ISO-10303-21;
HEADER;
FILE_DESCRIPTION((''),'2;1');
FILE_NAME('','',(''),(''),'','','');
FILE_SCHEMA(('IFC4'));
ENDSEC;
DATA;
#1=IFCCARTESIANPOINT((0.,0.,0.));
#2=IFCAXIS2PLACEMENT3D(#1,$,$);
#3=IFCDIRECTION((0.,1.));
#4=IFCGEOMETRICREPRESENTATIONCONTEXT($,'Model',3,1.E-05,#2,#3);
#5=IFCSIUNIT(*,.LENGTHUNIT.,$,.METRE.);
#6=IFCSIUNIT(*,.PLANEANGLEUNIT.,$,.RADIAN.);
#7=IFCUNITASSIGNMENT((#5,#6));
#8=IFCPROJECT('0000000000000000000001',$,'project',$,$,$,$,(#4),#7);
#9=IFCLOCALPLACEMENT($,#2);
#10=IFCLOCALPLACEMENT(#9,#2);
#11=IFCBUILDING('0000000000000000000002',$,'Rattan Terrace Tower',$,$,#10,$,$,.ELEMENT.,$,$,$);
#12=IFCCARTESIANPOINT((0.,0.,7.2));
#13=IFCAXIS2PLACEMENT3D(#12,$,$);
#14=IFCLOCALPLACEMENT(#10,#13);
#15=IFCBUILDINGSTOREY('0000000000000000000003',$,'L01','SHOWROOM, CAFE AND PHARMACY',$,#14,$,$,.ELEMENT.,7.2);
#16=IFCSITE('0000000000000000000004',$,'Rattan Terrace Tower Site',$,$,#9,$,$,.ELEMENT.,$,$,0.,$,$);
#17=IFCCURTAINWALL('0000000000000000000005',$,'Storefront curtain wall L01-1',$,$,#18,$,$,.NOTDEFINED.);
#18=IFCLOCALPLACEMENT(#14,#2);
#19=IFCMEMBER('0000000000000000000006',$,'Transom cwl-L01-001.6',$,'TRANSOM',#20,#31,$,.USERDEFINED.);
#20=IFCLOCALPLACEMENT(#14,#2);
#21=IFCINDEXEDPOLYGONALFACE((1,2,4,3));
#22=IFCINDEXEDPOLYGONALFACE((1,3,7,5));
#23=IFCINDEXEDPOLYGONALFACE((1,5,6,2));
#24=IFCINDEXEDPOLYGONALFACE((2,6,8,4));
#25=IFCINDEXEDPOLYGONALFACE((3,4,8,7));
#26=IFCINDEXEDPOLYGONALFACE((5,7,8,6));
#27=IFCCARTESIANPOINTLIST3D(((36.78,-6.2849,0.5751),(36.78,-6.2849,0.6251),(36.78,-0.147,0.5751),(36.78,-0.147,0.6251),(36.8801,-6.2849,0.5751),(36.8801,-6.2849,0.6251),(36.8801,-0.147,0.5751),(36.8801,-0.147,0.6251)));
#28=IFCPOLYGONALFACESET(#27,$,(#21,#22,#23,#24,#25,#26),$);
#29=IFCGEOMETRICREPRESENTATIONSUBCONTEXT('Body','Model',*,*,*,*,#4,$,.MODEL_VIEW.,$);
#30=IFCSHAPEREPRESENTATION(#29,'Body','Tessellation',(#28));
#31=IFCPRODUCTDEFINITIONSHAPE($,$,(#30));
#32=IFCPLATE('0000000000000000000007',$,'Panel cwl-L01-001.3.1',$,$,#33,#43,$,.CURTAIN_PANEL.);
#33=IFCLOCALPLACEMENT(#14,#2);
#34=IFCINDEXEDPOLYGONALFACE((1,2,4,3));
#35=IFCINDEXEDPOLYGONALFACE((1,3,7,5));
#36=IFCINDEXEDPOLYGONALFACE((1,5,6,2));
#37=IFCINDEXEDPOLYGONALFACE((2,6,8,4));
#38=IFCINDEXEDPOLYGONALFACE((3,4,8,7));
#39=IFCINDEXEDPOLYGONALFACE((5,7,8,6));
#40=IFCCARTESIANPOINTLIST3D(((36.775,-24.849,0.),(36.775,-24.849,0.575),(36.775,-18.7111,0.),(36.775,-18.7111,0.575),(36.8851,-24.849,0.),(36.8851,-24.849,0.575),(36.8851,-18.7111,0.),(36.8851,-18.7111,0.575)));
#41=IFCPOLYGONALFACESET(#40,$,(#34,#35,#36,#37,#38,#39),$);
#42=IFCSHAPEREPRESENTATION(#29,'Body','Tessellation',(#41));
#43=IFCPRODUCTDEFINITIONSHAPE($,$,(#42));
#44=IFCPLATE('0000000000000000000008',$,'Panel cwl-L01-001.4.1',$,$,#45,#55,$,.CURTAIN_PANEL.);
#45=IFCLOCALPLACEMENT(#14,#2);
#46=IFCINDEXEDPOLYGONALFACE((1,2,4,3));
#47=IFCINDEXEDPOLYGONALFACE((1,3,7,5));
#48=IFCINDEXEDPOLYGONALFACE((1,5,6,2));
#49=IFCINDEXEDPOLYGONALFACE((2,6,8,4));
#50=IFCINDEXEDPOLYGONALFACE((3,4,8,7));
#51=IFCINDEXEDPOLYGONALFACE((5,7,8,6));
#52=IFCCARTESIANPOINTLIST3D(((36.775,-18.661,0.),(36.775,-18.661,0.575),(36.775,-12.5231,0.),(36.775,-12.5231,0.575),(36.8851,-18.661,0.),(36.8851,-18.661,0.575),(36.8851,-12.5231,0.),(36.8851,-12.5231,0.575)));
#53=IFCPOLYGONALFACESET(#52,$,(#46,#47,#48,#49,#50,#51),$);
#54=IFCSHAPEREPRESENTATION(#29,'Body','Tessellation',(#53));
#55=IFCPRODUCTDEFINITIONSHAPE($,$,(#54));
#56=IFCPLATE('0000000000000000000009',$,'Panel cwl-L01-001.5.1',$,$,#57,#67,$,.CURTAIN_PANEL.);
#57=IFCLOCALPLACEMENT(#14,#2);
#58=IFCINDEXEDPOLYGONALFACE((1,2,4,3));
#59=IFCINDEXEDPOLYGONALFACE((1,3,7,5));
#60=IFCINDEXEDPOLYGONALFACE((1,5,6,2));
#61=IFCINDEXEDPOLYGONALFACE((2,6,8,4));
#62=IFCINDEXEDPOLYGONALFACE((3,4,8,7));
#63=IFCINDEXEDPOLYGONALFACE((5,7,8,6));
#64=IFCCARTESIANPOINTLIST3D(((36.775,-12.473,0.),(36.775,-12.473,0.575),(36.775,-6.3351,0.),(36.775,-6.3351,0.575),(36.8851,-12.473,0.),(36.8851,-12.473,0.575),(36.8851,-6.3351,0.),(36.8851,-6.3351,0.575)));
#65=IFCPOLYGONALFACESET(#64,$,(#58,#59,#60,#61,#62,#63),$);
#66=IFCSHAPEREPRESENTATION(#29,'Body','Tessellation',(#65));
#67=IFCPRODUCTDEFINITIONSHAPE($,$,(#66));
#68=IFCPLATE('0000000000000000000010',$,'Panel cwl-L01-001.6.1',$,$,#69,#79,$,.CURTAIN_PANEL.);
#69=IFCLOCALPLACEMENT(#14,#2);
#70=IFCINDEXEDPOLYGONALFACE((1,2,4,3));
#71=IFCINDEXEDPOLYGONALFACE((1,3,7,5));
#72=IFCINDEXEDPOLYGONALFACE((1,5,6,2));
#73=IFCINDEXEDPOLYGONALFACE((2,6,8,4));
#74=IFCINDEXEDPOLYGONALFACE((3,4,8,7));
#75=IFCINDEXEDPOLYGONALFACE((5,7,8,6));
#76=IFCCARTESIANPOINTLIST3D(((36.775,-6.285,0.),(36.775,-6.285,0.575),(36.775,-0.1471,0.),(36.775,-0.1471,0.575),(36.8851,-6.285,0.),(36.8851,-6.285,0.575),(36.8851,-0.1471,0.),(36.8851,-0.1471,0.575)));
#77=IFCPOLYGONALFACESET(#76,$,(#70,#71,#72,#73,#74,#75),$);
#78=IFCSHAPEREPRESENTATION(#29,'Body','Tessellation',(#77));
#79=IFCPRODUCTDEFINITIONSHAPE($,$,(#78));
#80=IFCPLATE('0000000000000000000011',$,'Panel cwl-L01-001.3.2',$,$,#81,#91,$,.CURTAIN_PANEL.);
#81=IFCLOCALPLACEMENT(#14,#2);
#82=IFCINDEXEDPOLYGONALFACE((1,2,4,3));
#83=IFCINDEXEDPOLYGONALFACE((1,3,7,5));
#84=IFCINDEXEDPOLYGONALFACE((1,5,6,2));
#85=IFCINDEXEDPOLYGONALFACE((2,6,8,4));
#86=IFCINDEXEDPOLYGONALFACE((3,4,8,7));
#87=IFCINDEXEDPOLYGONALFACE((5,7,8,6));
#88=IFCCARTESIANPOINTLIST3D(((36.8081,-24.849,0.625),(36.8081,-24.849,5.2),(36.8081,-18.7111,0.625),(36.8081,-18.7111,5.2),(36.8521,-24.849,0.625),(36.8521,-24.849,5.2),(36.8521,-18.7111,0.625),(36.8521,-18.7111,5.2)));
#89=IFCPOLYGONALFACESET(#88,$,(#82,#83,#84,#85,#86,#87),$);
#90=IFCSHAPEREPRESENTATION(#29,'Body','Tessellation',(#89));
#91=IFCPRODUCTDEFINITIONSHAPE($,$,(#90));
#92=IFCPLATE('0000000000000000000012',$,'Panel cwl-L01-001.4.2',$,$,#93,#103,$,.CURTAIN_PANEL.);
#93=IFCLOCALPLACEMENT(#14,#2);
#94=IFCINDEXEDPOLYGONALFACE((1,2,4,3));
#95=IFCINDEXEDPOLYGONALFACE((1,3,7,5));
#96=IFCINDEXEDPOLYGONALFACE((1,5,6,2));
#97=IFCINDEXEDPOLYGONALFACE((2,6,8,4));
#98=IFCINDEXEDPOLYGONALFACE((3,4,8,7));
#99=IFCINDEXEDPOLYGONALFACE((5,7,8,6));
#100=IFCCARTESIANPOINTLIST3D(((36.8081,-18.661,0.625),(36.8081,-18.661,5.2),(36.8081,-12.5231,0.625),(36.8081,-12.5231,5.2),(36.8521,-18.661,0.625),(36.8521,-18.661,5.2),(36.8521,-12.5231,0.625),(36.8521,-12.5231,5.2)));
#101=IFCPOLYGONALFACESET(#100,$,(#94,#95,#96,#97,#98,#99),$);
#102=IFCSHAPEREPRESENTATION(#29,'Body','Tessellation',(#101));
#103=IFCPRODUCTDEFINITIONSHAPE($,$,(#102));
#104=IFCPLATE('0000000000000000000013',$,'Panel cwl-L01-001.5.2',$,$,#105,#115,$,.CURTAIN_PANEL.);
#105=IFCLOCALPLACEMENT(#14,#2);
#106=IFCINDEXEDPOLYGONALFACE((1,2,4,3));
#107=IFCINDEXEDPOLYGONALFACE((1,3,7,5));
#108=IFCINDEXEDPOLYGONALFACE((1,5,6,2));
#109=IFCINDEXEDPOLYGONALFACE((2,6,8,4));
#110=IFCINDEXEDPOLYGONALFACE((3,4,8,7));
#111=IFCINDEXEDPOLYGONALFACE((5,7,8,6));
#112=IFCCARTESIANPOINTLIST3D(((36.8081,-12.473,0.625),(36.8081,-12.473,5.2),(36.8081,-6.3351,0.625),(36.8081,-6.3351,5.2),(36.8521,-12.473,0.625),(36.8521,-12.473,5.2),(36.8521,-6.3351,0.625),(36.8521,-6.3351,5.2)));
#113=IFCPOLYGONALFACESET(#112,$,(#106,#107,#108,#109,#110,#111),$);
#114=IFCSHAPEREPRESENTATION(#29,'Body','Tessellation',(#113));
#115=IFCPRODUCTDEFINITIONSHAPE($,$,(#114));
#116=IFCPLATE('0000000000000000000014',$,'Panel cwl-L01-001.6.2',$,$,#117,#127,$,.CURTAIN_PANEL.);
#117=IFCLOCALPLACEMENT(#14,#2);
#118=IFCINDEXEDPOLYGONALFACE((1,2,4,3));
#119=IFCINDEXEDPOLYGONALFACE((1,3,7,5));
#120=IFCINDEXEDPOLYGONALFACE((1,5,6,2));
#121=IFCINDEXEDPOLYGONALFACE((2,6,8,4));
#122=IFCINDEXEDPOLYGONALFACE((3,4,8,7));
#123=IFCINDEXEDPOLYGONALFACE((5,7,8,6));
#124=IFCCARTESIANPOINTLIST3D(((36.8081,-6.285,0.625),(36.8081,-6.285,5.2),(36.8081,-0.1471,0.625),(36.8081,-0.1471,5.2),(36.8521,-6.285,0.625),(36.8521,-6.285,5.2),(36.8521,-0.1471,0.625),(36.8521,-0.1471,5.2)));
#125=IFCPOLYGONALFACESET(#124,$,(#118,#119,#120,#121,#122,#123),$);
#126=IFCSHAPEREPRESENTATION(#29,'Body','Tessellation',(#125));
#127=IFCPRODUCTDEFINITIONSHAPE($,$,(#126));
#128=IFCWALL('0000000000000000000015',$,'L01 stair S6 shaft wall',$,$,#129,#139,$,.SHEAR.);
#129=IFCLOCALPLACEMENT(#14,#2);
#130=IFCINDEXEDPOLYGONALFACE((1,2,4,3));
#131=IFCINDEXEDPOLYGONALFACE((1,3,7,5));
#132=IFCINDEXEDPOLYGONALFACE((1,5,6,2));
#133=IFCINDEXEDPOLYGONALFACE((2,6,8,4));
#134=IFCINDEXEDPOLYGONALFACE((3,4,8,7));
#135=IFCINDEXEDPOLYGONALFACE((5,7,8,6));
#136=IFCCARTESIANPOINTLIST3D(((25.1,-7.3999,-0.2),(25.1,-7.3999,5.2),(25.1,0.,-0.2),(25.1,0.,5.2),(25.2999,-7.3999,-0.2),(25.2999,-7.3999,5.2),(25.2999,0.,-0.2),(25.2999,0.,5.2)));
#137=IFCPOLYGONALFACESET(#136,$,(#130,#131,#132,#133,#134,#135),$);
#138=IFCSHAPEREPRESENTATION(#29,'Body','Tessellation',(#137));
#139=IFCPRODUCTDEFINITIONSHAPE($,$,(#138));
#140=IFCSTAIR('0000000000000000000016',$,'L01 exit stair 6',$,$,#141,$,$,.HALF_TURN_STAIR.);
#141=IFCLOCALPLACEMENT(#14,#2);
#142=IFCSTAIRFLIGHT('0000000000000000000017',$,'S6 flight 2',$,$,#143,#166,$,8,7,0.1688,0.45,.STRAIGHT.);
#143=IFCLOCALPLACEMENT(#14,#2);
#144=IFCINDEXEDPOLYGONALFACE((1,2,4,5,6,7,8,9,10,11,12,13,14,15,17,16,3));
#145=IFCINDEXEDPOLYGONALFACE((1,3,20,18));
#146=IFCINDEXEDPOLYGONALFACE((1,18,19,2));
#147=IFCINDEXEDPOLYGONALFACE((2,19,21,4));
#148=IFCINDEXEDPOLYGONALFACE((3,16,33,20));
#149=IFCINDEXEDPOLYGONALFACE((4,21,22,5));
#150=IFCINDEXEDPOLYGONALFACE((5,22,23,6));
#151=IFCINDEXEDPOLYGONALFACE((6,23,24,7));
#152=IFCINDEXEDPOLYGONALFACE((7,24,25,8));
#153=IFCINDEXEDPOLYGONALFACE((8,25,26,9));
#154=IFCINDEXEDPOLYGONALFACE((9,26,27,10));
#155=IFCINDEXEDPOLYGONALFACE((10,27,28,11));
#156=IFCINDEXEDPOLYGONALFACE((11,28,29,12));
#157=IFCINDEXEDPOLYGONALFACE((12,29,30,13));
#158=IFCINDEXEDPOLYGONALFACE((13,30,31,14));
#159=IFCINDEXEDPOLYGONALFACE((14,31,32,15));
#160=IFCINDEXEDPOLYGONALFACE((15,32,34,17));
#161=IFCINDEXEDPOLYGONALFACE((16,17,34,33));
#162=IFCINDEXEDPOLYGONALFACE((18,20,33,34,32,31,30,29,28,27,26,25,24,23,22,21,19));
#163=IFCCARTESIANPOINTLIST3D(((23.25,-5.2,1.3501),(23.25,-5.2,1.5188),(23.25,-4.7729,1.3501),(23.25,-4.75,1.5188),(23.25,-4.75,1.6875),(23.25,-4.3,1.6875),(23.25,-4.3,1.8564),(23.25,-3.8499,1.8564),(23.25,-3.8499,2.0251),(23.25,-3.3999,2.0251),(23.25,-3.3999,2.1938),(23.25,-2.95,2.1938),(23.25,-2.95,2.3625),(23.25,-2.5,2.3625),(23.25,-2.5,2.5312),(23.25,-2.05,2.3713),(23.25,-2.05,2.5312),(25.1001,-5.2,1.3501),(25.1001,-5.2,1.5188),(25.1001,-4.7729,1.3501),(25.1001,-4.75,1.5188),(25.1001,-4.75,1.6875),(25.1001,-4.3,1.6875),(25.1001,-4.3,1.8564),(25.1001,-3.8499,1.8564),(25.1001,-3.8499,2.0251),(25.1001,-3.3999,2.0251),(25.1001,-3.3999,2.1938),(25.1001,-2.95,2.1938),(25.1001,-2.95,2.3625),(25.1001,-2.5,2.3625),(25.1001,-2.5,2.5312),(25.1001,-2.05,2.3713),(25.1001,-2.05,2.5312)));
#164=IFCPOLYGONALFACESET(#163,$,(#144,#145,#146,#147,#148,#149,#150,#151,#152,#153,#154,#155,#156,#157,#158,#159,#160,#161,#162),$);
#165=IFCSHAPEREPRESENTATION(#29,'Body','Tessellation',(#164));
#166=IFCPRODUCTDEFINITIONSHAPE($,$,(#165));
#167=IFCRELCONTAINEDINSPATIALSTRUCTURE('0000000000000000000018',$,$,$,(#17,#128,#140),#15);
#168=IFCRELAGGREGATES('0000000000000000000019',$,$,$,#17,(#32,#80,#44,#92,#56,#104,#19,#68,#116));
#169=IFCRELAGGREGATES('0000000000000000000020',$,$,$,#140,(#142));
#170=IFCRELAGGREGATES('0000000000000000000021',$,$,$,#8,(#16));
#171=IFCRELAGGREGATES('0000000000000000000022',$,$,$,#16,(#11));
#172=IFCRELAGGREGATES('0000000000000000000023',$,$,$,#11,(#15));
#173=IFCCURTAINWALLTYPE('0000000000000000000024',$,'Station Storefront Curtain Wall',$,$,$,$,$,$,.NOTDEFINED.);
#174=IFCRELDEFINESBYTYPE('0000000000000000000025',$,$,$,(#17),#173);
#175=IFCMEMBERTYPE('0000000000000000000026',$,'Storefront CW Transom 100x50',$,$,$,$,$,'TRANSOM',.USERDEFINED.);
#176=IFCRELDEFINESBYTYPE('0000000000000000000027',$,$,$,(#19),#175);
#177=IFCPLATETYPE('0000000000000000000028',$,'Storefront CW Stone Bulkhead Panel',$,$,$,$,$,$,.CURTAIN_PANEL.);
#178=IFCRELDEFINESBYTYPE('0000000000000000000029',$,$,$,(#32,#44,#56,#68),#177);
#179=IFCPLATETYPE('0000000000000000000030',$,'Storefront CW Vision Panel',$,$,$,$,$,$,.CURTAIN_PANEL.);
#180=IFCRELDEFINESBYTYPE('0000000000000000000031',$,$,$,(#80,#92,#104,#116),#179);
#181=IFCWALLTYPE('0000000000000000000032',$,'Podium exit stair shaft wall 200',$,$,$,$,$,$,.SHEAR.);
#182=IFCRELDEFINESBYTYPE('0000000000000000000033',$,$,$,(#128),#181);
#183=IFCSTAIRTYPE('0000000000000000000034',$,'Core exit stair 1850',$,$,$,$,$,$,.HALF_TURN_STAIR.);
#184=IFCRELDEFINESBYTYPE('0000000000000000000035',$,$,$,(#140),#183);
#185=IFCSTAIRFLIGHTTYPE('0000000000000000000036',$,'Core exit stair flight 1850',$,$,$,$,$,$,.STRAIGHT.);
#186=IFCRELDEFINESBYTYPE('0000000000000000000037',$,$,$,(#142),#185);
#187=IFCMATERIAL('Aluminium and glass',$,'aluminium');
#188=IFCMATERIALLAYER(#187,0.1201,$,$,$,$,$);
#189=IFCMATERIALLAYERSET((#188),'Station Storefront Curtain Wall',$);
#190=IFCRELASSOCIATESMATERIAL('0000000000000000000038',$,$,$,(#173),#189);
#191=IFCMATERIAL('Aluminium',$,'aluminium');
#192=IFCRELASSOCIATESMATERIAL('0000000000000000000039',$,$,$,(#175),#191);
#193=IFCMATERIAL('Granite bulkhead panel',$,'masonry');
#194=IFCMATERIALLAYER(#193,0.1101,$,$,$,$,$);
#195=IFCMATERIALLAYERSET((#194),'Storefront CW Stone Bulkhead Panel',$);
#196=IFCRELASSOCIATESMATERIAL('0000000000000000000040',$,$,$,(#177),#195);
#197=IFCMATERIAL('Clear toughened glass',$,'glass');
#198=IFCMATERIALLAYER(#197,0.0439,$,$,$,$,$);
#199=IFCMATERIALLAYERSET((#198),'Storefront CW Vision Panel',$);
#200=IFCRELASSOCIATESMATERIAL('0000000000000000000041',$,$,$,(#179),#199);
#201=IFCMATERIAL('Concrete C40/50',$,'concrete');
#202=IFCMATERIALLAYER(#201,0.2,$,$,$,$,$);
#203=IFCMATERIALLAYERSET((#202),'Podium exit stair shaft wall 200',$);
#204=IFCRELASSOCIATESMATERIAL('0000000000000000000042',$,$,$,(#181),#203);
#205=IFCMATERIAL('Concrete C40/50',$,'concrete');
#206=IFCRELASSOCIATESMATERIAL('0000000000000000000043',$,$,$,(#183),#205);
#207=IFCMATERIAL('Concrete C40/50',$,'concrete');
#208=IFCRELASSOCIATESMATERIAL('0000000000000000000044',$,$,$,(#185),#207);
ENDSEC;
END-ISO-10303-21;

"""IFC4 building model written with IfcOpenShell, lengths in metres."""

from ifc_helpers import new_model, si_unit, direction, frame, frame_2d, origin, origin_2d, place, context, subcontext, project, spatial, polyline, rectangle, outline, extrude, material, layer, layer_set, material_profile, profile_set, type_object, element, aggregate, save


model = new_model("IFC4")

# Units and contexts
model_context = context("Model", 3, precision=1e-05, world=origin(), true_north=direction((0.0, 1.0)))
body_context = subcontext(model_context, "Body", "Model", "MODEL_VIEW")
ifc_project = project(units=[si_unit("LENGTHUNIT", "METRE"), si_unit("PLANEANGLEUNIT", "RADIAN")], contexts=[model_context])

# Site, building, storey
site_placement = place(None, origin())
site = spatial("IfcSite", under=ifc_project, at=site_placement, Name="Rattan Terrace Tower Site", CompositionType="ELEMENT", RefElevation=0.0)
building_placement = place(site_placement, origin())
building = spatial("IfcBuilding", under=site, at=building_placement, Name="Rattan Terrace Tower", CompositionType="ELEMENT")
storey_placement = place(building_placement, frame((0.0, 0.0, 7.2)))
storey = spatial("IfcBuildingStorey", under=building, at=storey_placement, Name="L01", Description="SHOWROOM, CAFE AND PHARMACY", CompositionType="ELEMENT", Elevation=7.2)

# Curtain wall, member, plates
ifc_material_1 = material(Name="Aluminium and glass", Category="aluminium")
ifc_layer_1 = layer(ifc_material_1, 0.1201)
ifc_layer_set_1 = layer_set([ifc_layer_1], Name="Station Storefront Curtain Wall")
curtain_wall_type = type_object("IfcCurtainWallType", Name="Station Storefront Curtain Wall", PredefinedType="NOTDEFINED", material=ifc_layer_set_1)
curtain_wall_placement = place(storey_placement, origin())
curtain_wall = element("IfcCurtainWall", 1, at=curtain_wall_placement, inside=storey, type_object=curtain_wall_type, Name="Storefront curtain wall L01-1", PredefinedType="NOTDEFINED")
ifc_material_2 = material(Name="Aluminium", Category="aluminium")
ifc_material_profile_1 = material_profile(ifc_material_2, rectangle(XDim=0.1001, YDim=0.05, at=origin_2d()), Name="Aluminium 100x50")
ifc_profile_set_1 = profile_set([ifc_material_profile_1], Name="Aluminium")
member_type_1 = type_object("IfcMemberType", Name="Storefront CW Transom 100x50", ElementType="TRANSOM", PredefinedType="USERDEFINED", material=ifc_profile_set_1)
member_1_placement = place(storey_placement, frame((36.8301, -6.2849, 0.6001), z_axis=(0.0, 1.0, 0.0), x_axis=(-1.0, 0.0, 0.0)))
member_1 = element("IfcMember", 2, at=member_1_placement, type_object=member_type_1, Name="Transom cwl-L01-001.6", ObjectType="TRANSOM", PredefinedType="USERDEFINED", context=body_context, shape_type="SweptSolid", body=[
    extrude(rectangle(XDim=0.1001, YDim=0.05, at=origin_2d()), origin(), (0.0, 0.0, 1.0), 6.1379),
])
ifc_material_3 = material(Name="Granite bulkhead panel", Category="masonry")
ifc_layer_2 = layer(ifc_material_3, 0.1101)
ifc_layer_set_2 = layer_set([ifc_layer_2], Name="Storefront CW Stone Bulkhead Panel")
plate_type_1 = type_object("IfcPlateType", Name="Storefront CW Stone Bulkhead Panel", PredefinedType="CURTAIN_PANEL", material=ifc_layer_set_2)
plate_1_placement = place(storey_placement, frame((36.8301, -21.78, 0.0), z_axis=(0.0, 0.0, 1.0), x_axis=(0.0, 1.0, 0.0)))
plate_1 = element("IfcPlate", 3, at=plate_1_placement, type_object=plate_type_1, Name="Panel cwl-L01-001.3.1", PredefinedType="CURTAIN_PANEL", context=body_context, shape_type="SweptSolid", body=[
    extrude(rectangle(XDim=6.1379, YDim=0.1101, at=origin_2d()), origin(), (0.0, 0.0, 1.0), 0.575),
])
plate_2_placement = place(storey_placement, frame((36.8301, -15.592, 0.0), z_axis=(0.0, 0.0, 1.0), x_axis=(0.0, 1.0, 0.0)))
plate_2 = element("IfcPlate", 4, at=plate_2_placement, type_object=plate_type_1, Name="Panel cwl-L01-001.4.1", PredefinedType="CURTAIN_PANEL", context=body_context, shape_type="SweptSolid", body=[
    extrude(rectangle(XDim=6.1379, YDim=0.1101, at=origin_2d()), origin(), (0.0, 0.0, 1.0), 0.575),
])
plate_3_placement = place(storey_placement, frame((36.8301, -9.4041, 0.0), z_axis=(0.0, 0.0, 1.0), x_axis=(0.0, 1.0, 0.0)))
plate_3 = element("IfcPlate", 5, at=plate_3_placement, type_object=plate_type_1, Name="Panel cwl-L01-001.5.1", PredefinedType="CURTAIN_PANEL", context=body_context, shape_type="SweptSolid", body=[
    extrude(rectangle(XDim=6.1379, YDim=0.1101, at=origin_2d()), origin(), (0.0, 0.0, 1.0), 0.575),
])
plate_4_placement = place(storey_placement, frame((36.8301, -3.2161, 0.0), z_axis=(0.0, 0.0, 1.0), x_axis=(0.0, 1.0, 0.0)))
plate_4 = element("IfcPlate", 6, at=plate_4_placement, type_object=plate_type_1, Name="Panel cwl-L01-001.6.1", PredefinedType="CURTAIN_PANEL", context=body_context, shape_type="SweptSolid", body=[
    extrude(rectangle(XDim=6.1379, YDim=0.1101, at=origin_2d()), origin(), (0.0, 0.0, 1.0), 0.575),
])
ifc_material_4 = material(Name="Clear toughened glass", Category="glass")
ifc_layer_3 = layer(ifc_material_4, 0.0439)
ifc_layer_set_3 = layer_set([ifc_layer_3], Name="Storefront CW Vision Panel")
plate_type_2 = type_object("IfcPlateType", Name="Storefront CW Vision Panel", PredefinedType="CURTAIN_PANEL", material=ifc_layer_set_3)
plate_5_placement = place(storey_placement, frame((36.8301, -21.78, 0.625), z_axis=(0.0, 0.0, 1.0), x_axis=(0.0, 1.0, 0.0)))
plate_5 = element("IfcPlate", 7, at=plate_5_placement, type_object=plate_type_2, Name="Panel cwl-L01-001.3.2", PredefinedType="CURTAIN_PANEL", context=body_context, shape_type="SweptSolid", body=[
    extrude(rectangle(XDim=6.1379, YDim=0.0439, at=origin_2d()), origin(), (0.0, 0.0, 1.0), 4.575),
])
plate_6_placement = place(storey_placement, frame((36.8301, -15.592, 0.625), z_axis=(0.0, 0.0, 1.0), x_axis=(0.0, 1.0, 0.0)))
plate_6 = element("IfcPlate", 8, at=plate_6_placement, type_object=plate_type_2, Name="Panel cwl-L01-001.4.2", PredefinedType="CURTAIN_PANEL", context=body_context, shape_type="SweptSolid", body=[
    extrude(rectangle(XDim=6.1379, YDim=0.0439, at=origin_2d()), origin(), (0.0, 0.0, 1.0), 4.575),
])
plate_7_placement = place(storey_placement, frame((36.8301, -9.4041, 0.625), z_axis=(0.0, 0.0, 1.0), x_axis=(0.0, 1.0, 0.0)))
plate_7 = element("IfcPlate", 9, at=plate_7_placement, type_object=plate_type_2, Name="Panel cwl-L01-001.5.2", PredefinedType="CURTAIN_PANEL", context=body_context, shape_type="SweptSolid", body=[
    extrude(rectangle(XDim=6.1379, YDim=0.0439, at=origin_2d()), origin(), (0.0, 0.0, 1.0), 4.575),
])
plate_8_placement = place(storey_placement, frame((36.8301, -3.2161, 0.625), z_axis=(0.0, 0.0, 1.0), x_axis=(0.0, 1.0, 0.0)))
plate_8 = element("IfcPlate", 10, at=plate_8_placement, type_object=plate_type_2, Name="Panel cwl-L01-001.6.2", PredefinedType="CURTAIN_PANEL", context=body_context, shape_type="SweptSolid", body=[
    extrude(rectangle(XDim=6.1379, YDim=0.0439, at=origin_2d()), origin(), (0.0, 0.0, 1.0), 4.575),
])
aggregate(curtain_wall, [plate_1, plate_5, plate_2, plate_6, plate_3, plate_7, member_1, plate_4, plate_8])

# Wall
ifc_material_5 = material(Name="Concrete C40/50", Category="concrete")
ifc_layer_4 = layer(ifc_material_5, 0.2)
ifc_layer_set_4 = layer_set([ifc_layer_4], Name="Podium exit stair shaft wall 200")
wall_type = type_object("IfcWallType", Name="Podium exit stair shaft wall 200", PredefinedType="SHEAR", material=ifc_layer_set_4)
wall_placement = place(storey_placement, frame((25.2, -7.3999, -0.2), z_axis=(0.0, 0.0, 1.0), x_axis=(0.0, 1.0, 0.0)))
element("IfcWall", 11, at=wall_placement, inside=storey, type_object=wall_type, Name="L01 stair S6 shaft wall", PredefinedType="SHEAR", context=body_context, shape_type="SweptSolid", body=[
    extrude(rectangle(XDim=7.3999, YDim=0.2, at=frame_2d((3.7, 0.0))), origin(), (0.0, 0.0, 1.0), 5.3999),
])

# Stair, stair flight
ifc_material_6 = material(Name="Concrete C40/50", Category="concrete")
stair_type = type_object("IfcStairType", Name="Core exit stair 1850", PredefinedType="HALF_TURN_STAIR", material=ifc_material_6)
stair_placement = place(storey_placement, origin())
stair = element("IfcStair", 12, at=stair_placement, inside=storey, type_object=stair_type, Name="L01 exit stair 6", PredefinedType="HALF_TURN_STAIR")
ifc_material_7 = material(Name="Concrete C40/50", Category="concrete")
stair_flight_type = type_object("IfcStairFlightType", Name="Core exit stair flight 1850", PredefinedType="STRAIGHT", material=ifc_material_7)
stair_flight_1_placement = place(storey_placement, frame((24.175, -5.2, 1.3501), z_axis=(0.0, 0.0, 1.0), x_axis=(0.0, 1.0, 0.0)))
stair_flight_1 = element("IfcStairFlight", 13, at=stair_flight_1_placement, type_object=stair_flight_type, Name="S6 flight 2", NumberOfRisers=8, NumberOfTreads=7, PredefinedType="STRAIGHT", RiserHeight=0.1688, TreadLength=0.45, context=body_context, shape_type="SweptSolid", body=[
    extrude(outline(polyline([(0.0, 0.0), (0.0, 0.1687), (0.45, 0.1687), (0.45, 0.3374), (0.8999, 0.3374), (0.8999, 0.5063), (1.3501, 0.5063), (1.3501, 0.675), (1.8, 0.675), (1.8, 0.8438), (2.25, 0.8438), (2.25, 1.0125), (2.7, 1.0125), (2.7, 1.1812), (3.1499, 1.1812), (3.1499, 1.3501), (3.1499, 1.0212), (0.427, 0.0), (0.0, 0.0)])), frame((0.0, 0.925, 0.0), z_axis=(0.0, -1.0, 0.0), x_axis=(1.0, 0.0, 0.0)), (0.0, 0.0, 1.0), 1.8501),
])
aggregate(stair, [stair_flight_1])

save(model, "model.ifc")
